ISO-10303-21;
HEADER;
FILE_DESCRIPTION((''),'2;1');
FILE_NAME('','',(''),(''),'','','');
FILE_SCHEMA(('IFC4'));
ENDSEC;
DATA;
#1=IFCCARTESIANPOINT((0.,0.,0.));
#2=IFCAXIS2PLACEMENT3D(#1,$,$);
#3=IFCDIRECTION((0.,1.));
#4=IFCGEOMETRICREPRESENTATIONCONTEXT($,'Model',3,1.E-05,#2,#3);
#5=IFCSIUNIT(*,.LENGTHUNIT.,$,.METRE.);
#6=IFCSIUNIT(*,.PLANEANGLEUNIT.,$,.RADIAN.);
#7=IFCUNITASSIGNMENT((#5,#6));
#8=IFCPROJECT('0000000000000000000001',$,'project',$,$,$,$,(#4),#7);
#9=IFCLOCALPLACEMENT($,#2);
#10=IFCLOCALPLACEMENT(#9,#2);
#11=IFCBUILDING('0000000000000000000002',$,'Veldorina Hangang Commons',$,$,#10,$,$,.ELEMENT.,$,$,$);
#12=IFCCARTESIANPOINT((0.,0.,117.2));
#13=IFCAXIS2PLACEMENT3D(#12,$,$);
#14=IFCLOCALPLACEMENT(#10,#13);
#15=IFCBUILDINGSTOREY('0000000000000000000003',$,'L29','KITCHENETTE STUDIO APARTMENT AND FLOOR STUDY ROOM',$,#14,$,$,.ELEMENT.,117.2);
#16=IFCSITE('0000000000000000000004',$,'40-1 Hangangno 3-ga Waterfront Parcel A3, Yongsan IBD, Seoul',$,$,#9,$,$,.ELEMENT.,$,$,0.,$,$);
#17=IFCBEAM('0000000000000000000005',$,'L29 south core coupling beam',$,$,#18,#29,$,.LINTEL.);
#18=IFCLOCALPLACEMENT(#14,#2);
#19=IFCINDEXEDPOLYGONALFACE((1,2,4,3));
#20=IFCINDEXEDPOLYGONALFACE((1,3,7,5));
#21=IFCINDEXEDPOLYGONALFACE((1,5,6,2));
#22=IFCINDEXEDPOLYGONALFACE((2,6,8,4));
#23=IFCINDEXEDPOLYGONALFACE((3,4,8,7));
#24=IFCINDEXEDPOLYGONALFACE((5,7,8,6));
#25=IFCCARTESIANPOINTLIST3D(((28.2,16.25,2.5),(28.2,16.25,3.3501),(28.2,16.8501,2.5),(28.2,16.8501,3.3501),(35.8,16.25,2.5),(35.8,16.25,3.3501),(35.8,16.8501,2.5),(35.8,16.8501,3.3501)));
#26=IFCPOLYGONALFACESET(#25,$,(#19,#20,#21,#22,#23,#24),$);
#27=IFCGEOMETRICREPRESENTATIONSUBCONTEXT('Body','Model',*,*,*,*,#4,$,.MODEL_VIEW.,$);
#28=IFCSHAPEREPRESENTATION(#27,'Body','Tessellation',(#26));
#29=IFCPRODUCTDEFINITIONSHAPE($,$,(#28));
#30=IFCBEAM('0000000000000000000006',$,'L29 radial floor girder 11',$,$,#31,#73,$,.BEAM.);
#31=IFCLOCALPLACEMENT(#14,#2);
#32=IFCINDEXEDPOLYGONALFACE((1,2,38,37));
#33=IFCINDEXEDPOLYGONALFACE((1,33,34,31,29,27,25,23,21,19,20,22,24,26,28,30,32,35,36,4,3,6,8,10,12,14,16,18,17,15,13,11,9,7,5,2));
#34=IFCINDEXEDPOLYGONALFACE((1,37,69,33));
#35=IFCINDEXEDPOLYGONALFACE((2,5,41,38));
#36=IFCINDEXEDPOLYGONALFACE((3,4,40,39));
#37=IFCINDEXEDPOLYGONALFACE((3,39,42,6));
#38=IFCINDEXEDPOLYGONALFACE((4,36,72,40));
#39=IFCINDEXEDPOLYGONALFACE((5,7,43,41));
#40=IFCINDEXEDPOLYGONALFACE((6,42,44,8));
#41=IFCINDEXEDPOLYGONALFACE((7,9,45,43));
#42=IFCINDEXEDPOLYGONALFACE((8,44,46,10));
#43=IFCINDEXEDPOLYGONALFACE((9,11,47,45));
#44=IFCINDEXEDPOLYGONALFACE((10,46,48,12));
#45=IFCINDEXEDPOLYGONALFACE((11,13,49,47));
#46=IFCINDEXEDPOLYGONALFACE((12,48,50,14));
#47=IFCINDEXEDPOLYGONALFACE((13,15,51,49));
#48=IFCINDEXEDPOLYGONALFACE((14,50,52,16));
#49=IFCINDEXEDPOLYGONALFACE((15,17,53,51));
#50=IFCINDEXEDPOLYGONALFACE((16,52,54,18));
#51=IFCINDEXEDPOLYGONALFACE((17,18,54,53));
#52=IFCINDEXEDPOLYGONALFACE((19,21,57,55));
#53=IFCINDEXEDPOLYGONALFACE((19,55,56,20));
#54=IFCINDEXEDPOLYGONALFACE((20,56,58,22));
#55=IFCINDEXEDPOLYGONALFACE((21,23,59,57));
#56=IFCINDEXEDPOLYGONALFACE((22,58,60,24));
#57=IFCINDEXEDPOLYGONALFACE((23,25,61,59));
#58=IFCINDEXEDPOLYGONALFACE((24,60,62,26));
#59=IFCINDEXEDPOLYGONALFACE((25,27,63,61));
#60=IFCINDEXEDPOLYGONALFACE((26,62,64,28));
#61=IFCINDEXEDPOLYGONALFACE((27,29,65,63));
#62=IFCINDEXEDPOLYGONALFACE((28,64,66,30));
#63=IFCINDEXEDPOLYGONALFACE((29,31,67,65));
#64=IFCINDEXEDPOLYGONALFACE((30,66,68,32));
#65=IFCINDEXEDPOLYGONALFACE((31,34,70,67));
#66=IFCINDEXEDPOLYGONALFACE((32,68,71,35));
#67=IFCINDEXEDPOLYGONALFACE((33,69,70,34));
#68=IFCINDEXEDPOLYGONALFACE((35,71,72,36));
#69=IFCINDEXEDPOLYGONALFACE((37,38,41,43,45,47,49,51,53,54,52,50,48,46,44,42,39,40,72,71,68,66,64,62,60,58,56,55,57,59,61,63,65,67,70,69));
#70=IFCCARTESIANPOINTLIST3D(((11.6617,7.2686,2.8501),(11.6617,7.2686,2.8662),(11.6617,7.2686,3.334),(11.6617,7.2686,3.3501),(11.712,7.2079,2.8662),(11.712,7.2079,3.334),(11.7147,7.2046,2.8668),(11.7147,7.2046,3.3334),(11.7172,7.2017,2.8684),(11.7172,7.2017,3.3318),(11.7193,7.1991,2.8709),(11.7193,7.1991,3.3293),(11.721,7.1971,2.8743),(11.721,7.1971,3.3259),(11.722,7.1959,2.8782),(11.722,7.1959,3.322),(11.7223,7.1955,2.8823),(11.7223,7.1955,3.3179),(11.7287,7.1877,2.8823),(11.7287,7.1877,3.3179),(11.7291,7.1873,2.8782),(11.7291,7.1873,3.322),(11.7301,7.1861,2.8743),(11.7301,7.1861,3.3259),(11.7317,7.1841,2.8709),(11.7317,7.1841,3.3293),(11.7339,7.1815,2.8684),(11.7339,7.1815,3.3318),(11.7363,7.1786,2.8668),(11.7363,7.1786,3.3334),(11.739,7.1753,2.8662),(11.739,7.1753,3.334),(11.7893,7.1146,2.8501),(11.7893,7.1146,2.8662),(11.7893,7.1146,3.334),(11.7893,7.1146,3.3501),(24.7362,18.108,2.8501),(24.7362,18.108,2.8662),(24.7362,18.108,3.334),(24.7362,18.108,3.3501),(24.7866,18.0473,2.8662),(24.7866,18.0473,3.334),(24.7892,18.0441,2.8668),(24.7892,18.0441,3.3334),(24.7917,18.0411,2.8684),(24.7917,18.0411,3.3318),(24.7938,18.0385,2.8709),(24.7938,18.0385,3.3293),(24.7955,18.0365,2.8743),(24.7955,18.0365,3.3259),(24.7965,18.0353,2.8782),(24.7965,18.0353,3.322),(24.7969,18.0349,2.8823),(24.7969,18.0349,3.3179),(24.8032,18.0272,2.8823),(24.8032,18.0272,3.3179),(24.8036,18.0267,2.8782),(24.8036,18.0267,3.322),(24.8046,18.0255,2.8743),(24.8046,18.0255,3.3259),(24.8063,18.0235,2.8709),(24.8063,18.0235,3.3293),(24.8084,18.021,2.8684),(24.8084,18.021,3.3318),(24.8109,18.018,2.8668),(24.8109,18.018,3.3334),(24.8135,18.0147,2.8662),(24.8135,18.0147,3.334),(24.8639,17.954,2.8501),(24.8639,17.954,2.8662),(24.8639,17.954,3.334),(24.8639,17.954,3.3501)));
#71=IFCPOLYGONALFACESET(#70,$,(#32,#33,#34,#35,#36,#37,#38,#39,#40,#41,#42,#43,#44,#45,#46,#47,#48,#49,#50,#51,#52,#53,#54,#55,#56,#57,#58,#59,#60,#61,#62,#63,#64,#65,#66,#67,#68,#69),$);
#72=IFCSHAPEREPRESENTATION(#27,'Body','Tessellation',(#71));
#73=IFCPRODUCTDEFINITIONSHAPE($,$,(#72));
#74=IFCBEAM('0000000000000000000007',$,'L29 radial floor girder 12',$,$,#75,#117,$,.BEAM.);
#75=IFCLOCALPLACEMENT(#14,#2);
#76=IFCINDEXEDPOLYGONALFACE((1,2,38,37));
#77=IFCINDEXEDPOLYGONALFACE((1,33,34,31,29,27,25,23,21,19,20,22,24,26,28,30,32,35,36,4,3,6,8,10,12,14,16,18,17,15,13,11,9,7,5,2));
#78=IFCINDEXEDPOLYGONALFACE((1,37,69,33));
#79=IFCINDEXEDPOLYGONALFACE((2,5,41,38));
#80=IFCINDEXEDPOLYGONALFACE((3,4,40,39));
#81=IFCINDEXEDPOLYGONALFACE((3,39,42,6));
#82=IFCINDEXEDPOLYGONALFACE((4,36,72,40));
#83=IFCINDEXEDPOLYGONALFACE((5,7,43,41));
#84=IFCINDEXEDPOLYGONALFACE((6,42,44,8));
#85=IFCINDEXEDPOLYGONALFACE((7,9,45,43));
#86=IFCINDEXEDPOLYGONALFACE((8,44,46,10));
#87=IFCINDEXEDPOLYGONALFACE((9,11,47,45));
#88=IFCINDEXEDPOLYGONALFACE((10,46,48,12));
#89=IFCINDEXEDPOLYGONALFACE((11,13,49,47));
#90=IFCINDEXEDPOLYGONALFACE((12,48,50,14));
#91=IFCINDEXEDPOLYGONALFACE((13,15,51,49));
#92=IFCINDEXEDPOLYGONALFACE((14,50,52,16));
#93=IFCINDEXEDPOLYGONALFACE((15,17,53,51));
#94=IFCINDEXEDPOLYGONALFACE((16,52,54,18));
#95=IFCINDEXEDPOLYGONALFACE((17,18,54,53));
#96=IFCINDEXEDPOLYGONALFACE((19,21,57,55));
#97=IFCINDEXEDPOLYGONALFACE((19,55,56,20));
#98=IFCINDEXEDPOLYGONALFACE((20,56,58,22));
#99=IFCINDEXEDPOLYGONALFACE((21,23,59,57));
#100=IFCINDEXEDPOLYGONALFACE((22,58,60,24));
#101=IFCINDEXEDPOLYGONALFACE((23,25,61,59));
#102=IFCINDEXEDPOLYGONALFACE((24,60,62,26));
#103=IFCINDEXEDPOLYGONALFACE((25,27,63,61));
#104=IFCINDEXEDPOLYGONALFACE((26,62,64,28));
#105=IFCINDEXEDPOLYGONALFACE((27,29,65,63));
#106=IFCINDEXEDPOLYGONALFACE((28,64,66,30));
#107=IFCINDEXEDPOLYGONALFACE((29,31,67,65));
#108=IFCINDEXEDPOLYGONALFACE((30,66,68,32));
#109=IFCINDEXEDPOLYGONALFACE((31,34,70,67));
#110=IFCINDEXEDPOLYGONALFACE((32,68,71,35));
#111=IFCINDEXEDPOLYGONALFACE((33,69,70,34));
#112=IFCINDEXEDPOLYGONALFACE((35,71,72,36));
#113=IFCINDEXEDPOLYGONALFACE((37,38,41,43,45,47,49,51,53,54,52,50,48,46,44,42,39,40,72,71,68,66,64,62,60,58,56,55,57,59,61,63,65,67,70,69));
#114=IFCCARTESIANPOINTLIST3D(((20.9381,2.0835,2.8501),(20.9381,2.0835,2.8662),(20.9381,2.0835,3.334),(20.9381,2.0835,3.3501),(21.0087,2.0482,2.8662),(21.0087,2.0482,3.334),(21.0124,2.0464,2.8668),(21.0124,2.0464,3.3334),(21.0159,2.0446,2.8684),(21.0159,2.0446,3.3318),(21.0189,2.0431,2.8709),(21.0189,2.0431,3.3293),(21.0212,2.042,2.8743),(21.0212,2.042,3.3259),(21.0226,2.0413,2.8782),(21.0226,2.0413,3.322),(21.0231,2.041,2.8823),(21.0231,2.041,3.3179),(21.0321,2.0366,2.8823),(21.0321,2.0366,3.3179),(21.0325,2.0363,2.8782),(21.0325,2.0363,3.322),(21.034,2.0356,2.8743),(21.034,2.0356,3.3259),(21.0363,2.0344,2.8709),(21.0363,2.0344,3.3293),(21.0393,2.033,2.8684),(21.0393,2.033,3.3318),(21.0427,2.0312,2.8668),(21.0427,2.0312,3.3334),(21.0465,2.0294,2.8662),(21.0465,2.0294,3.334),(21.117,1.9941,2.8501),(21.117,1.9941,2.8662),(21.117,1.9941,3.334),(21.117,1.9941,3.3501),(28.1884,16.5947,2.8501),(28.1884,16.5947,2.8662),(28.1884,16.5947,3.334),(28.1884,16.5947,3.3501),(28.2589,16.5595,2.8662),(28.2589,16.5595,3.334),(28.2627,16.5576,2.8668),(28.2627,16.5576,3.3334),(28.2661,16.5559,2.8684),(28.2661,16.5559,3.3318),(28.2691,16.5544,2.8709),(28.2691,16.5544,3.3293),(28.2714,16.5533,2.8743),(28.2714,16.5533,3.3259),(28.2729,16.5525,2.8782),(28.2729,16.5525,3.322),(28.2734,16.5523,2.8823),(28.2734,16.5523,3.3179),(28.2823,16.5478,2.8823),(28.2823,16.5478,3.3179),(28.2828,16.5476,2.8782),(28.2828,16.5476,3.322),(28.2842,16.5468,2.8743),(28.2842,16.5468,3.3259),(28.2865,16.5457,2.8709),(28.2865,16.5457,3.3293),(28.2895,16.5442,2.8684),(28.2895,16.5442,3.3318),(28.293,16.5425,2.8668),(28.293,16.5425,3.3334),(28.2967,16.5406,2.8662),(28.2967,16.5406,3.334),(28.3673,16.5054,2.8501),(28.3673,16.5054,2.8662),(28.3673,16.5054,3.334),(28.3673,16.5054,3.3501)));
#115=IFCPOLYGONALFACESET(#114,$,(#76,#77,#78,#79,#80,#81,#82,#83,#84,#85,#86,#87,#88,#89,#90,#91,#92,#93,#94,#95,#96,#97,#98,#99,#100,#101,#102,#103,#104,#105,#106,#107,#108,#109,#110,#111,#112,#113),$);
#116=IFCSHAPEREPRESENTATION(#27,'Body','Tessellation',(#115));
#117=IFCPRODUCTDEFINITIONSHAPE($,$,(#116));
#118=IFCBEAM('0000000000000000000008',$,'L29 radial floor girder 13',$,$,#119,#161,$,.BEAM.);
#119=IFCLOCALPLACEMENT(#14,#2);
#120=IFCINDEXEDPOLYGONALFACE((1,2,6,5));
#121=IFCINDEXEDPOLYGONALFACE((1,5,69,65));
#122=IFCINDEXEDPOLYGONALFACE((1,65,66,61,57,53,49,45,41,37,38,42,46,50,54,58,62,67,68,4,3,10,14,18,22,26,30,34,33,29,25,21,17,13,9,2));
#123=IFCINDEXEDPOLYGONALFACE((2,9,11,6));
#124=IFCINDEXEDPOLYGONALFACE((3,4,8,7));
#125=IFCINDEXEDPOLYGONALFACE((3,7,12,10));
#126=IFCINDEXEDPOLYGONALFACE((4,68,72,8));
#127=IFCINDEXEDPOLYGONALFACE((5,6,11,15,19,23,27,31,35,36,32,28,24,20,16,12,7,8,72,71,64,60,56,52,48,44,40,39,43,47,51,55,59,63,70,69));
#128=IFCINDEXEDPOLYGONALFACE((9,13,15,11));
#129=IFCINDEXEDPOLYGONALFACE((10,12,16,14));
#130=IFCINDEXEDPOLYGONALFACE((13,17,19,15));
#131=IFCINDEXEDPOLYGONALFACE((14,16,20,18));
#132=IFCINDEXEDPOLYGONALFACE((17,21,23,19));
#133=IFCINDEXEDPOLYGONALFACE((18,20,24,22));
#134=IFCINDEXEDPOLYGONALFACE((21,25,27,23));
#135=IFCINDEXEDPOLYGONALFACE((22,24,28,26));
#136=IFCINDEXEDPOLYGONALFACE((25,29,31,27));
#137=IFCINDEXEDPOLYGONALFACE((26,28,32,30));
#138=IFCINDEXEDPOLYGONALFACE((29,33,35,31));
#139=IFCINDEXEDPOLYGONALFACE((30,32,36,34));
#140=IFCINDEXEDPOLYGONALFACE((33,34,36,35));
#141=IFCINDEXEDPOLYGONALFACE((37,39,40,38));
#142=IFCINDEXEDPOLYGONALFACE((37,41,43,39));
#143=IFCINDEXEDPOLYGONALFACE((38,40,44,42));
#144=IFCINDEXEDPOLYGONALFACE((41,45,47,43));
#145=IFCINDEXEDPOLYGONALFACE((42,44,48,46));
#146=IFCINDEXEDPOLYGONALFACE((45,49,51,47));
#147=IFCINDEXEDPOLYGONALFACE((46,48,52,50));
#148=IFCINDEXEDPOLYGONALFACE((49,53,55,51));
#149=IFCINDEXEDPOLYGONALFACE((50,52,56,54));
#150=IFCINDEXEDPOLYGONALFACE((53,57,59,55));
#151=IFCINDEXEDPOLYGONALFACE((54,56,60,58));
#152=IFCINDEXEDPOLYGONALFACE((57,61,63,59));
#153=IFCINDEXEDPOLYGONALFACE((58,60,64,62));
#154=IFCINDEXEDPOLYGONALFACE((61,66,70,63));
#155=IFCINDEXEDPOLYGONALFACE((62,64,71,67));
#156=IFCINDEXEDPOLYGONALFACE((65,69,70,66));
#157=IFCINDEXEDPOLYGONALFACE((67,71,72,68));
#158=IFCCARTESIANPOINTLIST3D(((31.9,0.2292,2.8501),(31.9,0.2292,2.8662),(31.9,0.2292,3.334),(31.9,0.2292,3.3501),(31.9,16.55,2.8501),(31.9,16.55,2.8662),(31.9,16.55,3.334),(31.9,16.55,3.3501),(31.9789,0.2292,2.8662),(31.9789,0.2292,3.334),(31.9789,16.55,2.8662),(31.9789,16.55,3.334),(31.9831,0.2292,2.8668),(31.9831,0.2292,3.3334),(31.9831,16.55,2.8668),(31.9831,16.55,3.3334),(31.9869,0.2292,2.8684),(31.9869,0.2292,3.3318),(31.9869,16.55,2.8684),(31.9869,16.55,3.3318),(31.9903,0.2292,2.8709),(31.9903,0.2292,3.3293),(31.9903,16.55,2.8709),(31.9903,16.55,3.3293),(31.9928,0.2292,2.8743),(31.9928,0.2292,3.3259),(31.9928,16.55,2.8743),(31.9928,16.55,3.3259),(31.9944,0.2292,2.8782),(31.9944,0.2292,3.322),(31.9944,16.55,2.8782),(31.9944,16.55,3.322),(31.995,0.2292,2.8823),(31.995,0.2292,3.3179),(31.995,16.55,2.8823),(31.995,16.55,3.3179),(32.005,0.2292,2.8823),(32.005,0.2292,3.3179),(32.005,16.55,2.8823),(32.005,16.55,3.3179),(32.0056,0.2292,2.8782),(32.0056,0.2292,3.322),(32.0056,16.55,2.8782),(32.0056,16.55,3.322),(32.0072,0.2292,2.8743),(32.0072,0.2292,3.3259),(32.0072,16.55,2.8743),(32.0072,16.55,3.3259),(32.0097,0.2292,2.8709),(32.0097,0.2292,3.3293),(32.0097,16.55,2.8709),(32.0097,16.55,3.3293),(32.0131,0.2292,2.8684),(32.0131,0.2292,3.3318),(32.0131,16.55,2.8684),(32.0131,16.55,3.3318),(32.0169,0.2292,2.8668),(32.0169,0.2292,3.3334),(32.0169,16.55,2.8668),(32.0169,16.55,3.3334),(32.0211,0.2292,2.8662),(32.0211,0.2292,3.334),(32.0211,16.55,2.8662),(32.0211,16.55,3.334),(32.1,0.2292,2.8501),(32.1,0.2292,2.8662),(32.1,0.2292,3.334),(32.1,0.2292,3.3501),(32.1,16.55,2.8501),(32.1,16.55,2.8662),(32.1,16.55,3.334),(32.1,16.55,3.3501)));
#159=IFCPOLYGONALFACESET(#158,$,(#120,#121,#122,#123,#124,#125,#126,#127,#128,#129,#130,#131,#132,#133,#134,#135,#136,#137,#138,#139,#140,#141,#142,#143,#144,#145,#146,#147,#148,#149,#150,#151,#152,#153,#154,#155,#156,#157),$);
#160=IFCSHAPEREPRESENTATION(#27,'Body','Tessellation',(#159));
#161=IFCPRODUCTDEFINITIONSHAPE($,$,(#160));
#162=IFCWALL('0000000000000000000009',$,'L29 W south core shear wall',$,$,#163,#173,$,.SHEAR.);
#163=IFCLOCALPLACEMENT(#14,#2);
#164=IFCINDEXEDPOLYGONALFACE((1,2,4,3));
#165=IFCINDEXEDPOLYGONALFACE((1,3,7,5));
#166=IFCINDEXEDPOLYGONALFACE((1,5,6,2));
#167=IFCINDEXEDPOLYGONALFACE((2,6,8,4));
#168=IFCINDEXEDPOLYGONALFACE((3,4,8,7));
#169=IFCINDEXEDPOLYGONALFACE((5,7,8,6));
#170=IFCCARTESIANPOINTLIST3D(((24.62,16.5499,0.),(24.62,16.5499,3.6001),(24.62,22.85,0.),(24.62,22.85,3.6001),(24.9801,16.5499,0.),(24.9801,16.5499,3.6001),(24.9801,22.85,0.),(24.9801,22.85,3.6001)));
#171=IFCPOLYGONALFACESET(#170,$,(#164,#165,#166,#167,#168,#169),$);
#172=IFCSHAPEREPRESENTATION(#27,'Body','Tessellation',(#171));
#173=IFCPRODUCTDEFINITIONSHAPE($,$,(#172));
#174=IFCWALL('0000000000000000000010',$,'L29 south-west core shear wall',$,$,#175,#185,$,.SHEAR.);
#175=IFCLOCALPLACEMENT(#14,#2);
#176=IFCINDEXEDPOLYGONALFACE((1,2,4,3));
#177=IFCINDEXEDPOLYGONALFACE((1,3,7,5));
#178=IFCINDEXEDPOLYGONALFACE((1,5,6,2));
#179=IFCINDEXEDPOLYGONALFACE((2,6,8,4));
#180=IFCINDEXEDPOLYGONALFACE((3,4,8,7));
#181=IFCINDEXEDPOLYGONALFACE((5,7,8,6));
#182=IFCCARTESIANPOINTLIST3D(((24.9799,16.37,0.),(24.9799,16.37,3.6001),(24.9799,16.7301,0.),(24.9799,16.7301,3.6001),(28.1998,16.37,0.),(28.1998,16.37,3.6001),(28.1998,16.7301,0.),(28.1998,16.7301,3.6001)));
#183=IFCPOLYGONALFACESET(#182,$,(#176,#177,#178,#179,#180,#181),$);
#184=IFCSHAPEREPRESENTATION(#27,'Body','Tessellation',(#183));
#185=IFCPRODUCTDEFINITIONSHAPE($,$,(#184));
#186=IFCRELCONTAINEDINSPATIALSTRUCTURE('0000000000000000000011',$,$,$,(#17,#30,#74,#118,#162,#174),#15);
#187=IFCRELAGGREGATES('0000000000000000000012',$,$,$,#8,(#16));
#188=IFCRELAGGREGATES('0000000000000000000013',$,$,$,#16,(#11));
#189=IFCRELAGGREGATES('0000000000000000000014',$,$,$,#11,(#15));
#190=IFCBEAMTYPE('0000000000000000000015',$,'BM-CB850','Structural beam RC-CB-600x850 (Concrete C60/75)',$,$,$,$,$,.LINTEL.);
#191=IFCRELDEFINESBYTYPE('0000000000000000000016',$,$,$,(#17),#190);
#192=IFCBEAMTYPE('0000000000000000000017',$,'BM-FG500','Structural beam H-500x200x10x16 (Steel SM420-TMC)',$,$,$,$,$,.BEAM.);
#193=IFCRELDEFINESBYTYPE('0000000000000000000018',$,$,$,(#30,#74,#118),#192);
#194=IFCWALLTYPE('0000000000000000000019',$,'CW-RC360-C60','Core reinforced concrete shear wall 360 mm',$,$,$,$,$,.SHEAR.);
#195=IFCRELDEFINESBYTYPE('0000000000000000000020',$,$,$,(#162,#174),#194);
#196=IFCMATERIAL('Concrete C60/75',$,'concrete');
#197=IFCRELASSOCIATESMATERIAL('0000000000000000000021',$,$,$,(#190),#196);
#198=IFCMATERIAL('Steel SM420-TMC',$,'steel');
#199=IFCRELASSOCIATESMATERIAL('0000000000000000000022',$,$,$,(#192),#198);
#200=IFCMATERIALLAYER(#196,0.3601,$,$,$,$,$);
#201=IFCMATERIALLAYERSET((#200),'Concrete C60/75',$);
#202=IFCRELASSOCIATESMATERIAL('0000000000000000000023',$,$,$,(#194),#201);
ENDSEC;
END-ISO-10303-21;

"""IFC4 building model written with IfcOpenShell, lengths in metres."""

from ifc_helpers import new_model, si_unit, direction, frame, frame_2d, origin, origin_2d, place, context, subcontext, project, spatial, rectangle, i_section, extrude, material, layer, layer_set, material_profile, profile_set, type_object, element, save


model = new_model("IFC4")

# Units and contexts
model_context = context("Model", 3, precision=1e-05, world=origin(), true_north=direction((0.0, 1.0)))
body_context = subcontext(model_context, "Body", "Model", "MODEL_VIEW")
ifc_project = project(units=[si_unit("LENGTHUNIT", "METRE"), si_unit("PLANEANGLEUNIT", "RADIAN")], contexts=[model_context])

# Site, building, storey
site_placement = place(None, origin())
site = spatial("IfcSite", under=ifc_project, at=site_placement, Name="40-1 Hangangno 3-ga Waterfront Parcel A3, Yongsan IBD, Seoul", CompositionType="ELEMENT", RefElevation=0.0)
building_placement = place(site_placement, origin())
building = spatial("IfcBuilding", under=site, at=building_placement, Name="Veldorina Hangang Commons", CompositionType="ELEMENT")
storey_placement = place(building_placement, frame((0.0, 0.0, 117.2)))
storey = spatial("IfcBuildingStorey", under=building, at=storey_placement, Name="L29", Description="KITCHENETTE STUDIO APARTMENT AND FLOOR STUDY ROOM", CompositionType="ELEMENT", Elevation=117.2)

# Beams
ifc_material_1 = material(Name="Concrete C60/75", Category="concrete")
ifc_material_profile_1 = material_profile(ifc_material_1, rectangle(XDim=0.6001, YDim=0.8501, at=origin_2d()), Name="RC-CB-600x850")
ifc_profile_set_1 = profile_set([ifc_material_profile_1], Name="Concrete C60/75")
beam_type_1 = type_object("IfcBeamType", Name="BM-CB850", Description="Structural beam RC-CB-600x850 (Concrete C60/75)", PredefinedType="LINTEL", material=ifc_profile_set_1)
beam_1_placement = place(storey_placement, frame((28.2, 16.55, 2.925), z_axis=(1.0, 0.0, 0.0), x_axis=(0.0, 1.0, 0.0)))
element("IfcBeam", 1, at=beam_1_placement, inside=storey, type_object=beam_type_1, Name="L29 south core coupling beam", PredefinedType="LINTEL", context=body_context, shape_type="SweptSolid", body=[
    extrude(rectangle(XDim=0.6001, YDim=0.8501, at=origin_2d()), origin(), (0.0, 0.0, 1.0), 7.6001),
])
ifc_material_2 = material(Name="Steel SM420-TMC", Category="steel")
ifc_material_profile_2 = material_profile(ifc_material_2, i_section(OverallWidth=0.2, OverallDepth=0.5, WebThickness=0.01, FlangeThickness=0.0161, FilletRadius=0.0161, at=origin_2d()), Name="H-500x200x10x16")
ifc_profile_set_2 = profile_set([ifc_material_profile_2], Name="Steel SM420-TMC")
beam_type_2 = type_object("IfcBeamType", Name="BM-FG500", Description="Structural beam H-500x200x10x16 (Steel SM420-TMC)", PredefinedType="BEAM", material=ifc_profile_set_2)
beam_2_placement = place(storey_placement, frame((24.8, 18.031, 3.1001), z_axis=(-0.769841, -0.638235, 0.0), x_axis=(0.638235, -0.769841, 0.0)))
element("IfcBeam", 2, at=beam_2_placement, inside=storey, type_object=beam_type_2, Name="L29 radial floor girder 11", PredefinedType="BEAM", context=body_context, shape_type="SweptSolid", body=[
    extrude(i_section(OverallWidth=0.2, OverallDepth=0.5, WebThickness=0.01, FlangeThickness=0.0161, FilletRadius=0.0161, at=origin_2d()), origin(), (0.0, 0.0, 1.0), 16.9834),
])
beam_3_placement = place(storey_placement, frame((28.2778, 16.55, 3.1001), z_axis=(-0.446949, -0.89456, 0.0), x_axis=(0.89456, -0.446949, 0.0)))
element("IfcBeam", 3, at=beam_3_placement, inside=storey, type_object=beam_type_2, Name="L29 radial floor girder 12", PredefinedType="BEAM", context=body_context, shape_type="SweptSolid", body=[
    extrude(i_section(OverallWidth=0.2, OverallDepth=0.5, WebThickness=0.01, FlangeThickness=0.0161, FilletRadius=0.0161, at=origin_2d()), origin(), (0.0, 0.0, 1.0), 16.2217),
])
beam_4_placement = place(storey_placement, frame((32.0, 16.55, 3.1001), z_axis=(0.0, -1.0, 0.0), x_axis=(1.0, 0.0, 0.0)))
element("IfcBeam", 4, at=beam_4_placement, inside=storey, type_object=beam_type_2, Name="L29 radial floor girder 13", PredefinedType="BEAM", context=body_context, shape_type="SweptSolid", body=[
    extrude(i_section(OverallWidth=0.2, OverallDepth=0.5, WebThickness=0.01, FlangeThickness=0.0161, FilletRadius=0.0161, at=origin_2d()), origin(), (0.0, 0.0, 1.0), 16.3208),
])

# Walls
ifc_layer_1 = layer(ifc_material_1, 0.3601)
ifc_layer_set_1 = layer_set([ifc_layer_1], Name="Concrete C60/75")
wall_type_1 = type_object("IfcWallType", Name="CW-RC360-C60", Description="Core reinforced concrete shear wall 360 mm", PredefinedType="SHEAR", material=ifc_layer_set_1)
wall_1_placement = place(storey_placement, frame((24.8, 16.55, 0.0), z_axis=(0.0, 0.0, 1.0), x_axis=(0.0, 1.0, 0.0)))
element("IfcWall", 5, at=wall_1_placement, inside=storey, type_object=wall_type_1, Name="L29 W south core shear wall", PredefinedType="SHEAR", context=body_context, shape_type="SweptSolid", body=[
    extrude(rectangle(XDim=6.3, YDim=0.3601, at=frame_2d((3.1499, 0.0))), origin(), (0.0, 0.0, 1.0), 3.6001),
])
wall_2_placement = place(storey_placement, frame((24.98, 16.55, 0.0), z_axis=(0.0, 0.0, 1.0), x_axis=(1.0, 0.0, 0.0)))
element("IfcWall", 6, at=wall_2_placement, inside=storey, type_object=wall_type_1, Name="L29 south-west core shear wall", PredefinedType="SHEAR", context=body_context, shape_type="SweptSolid", body=[
    extrude(rectangle(XDim=3.22, YDim=0.3601, at=frame_2d((1.6099, 0.0))), origin(), (0.0, 0.0, 1.0), 3.6001),
])

save(model, "model.ifc")
